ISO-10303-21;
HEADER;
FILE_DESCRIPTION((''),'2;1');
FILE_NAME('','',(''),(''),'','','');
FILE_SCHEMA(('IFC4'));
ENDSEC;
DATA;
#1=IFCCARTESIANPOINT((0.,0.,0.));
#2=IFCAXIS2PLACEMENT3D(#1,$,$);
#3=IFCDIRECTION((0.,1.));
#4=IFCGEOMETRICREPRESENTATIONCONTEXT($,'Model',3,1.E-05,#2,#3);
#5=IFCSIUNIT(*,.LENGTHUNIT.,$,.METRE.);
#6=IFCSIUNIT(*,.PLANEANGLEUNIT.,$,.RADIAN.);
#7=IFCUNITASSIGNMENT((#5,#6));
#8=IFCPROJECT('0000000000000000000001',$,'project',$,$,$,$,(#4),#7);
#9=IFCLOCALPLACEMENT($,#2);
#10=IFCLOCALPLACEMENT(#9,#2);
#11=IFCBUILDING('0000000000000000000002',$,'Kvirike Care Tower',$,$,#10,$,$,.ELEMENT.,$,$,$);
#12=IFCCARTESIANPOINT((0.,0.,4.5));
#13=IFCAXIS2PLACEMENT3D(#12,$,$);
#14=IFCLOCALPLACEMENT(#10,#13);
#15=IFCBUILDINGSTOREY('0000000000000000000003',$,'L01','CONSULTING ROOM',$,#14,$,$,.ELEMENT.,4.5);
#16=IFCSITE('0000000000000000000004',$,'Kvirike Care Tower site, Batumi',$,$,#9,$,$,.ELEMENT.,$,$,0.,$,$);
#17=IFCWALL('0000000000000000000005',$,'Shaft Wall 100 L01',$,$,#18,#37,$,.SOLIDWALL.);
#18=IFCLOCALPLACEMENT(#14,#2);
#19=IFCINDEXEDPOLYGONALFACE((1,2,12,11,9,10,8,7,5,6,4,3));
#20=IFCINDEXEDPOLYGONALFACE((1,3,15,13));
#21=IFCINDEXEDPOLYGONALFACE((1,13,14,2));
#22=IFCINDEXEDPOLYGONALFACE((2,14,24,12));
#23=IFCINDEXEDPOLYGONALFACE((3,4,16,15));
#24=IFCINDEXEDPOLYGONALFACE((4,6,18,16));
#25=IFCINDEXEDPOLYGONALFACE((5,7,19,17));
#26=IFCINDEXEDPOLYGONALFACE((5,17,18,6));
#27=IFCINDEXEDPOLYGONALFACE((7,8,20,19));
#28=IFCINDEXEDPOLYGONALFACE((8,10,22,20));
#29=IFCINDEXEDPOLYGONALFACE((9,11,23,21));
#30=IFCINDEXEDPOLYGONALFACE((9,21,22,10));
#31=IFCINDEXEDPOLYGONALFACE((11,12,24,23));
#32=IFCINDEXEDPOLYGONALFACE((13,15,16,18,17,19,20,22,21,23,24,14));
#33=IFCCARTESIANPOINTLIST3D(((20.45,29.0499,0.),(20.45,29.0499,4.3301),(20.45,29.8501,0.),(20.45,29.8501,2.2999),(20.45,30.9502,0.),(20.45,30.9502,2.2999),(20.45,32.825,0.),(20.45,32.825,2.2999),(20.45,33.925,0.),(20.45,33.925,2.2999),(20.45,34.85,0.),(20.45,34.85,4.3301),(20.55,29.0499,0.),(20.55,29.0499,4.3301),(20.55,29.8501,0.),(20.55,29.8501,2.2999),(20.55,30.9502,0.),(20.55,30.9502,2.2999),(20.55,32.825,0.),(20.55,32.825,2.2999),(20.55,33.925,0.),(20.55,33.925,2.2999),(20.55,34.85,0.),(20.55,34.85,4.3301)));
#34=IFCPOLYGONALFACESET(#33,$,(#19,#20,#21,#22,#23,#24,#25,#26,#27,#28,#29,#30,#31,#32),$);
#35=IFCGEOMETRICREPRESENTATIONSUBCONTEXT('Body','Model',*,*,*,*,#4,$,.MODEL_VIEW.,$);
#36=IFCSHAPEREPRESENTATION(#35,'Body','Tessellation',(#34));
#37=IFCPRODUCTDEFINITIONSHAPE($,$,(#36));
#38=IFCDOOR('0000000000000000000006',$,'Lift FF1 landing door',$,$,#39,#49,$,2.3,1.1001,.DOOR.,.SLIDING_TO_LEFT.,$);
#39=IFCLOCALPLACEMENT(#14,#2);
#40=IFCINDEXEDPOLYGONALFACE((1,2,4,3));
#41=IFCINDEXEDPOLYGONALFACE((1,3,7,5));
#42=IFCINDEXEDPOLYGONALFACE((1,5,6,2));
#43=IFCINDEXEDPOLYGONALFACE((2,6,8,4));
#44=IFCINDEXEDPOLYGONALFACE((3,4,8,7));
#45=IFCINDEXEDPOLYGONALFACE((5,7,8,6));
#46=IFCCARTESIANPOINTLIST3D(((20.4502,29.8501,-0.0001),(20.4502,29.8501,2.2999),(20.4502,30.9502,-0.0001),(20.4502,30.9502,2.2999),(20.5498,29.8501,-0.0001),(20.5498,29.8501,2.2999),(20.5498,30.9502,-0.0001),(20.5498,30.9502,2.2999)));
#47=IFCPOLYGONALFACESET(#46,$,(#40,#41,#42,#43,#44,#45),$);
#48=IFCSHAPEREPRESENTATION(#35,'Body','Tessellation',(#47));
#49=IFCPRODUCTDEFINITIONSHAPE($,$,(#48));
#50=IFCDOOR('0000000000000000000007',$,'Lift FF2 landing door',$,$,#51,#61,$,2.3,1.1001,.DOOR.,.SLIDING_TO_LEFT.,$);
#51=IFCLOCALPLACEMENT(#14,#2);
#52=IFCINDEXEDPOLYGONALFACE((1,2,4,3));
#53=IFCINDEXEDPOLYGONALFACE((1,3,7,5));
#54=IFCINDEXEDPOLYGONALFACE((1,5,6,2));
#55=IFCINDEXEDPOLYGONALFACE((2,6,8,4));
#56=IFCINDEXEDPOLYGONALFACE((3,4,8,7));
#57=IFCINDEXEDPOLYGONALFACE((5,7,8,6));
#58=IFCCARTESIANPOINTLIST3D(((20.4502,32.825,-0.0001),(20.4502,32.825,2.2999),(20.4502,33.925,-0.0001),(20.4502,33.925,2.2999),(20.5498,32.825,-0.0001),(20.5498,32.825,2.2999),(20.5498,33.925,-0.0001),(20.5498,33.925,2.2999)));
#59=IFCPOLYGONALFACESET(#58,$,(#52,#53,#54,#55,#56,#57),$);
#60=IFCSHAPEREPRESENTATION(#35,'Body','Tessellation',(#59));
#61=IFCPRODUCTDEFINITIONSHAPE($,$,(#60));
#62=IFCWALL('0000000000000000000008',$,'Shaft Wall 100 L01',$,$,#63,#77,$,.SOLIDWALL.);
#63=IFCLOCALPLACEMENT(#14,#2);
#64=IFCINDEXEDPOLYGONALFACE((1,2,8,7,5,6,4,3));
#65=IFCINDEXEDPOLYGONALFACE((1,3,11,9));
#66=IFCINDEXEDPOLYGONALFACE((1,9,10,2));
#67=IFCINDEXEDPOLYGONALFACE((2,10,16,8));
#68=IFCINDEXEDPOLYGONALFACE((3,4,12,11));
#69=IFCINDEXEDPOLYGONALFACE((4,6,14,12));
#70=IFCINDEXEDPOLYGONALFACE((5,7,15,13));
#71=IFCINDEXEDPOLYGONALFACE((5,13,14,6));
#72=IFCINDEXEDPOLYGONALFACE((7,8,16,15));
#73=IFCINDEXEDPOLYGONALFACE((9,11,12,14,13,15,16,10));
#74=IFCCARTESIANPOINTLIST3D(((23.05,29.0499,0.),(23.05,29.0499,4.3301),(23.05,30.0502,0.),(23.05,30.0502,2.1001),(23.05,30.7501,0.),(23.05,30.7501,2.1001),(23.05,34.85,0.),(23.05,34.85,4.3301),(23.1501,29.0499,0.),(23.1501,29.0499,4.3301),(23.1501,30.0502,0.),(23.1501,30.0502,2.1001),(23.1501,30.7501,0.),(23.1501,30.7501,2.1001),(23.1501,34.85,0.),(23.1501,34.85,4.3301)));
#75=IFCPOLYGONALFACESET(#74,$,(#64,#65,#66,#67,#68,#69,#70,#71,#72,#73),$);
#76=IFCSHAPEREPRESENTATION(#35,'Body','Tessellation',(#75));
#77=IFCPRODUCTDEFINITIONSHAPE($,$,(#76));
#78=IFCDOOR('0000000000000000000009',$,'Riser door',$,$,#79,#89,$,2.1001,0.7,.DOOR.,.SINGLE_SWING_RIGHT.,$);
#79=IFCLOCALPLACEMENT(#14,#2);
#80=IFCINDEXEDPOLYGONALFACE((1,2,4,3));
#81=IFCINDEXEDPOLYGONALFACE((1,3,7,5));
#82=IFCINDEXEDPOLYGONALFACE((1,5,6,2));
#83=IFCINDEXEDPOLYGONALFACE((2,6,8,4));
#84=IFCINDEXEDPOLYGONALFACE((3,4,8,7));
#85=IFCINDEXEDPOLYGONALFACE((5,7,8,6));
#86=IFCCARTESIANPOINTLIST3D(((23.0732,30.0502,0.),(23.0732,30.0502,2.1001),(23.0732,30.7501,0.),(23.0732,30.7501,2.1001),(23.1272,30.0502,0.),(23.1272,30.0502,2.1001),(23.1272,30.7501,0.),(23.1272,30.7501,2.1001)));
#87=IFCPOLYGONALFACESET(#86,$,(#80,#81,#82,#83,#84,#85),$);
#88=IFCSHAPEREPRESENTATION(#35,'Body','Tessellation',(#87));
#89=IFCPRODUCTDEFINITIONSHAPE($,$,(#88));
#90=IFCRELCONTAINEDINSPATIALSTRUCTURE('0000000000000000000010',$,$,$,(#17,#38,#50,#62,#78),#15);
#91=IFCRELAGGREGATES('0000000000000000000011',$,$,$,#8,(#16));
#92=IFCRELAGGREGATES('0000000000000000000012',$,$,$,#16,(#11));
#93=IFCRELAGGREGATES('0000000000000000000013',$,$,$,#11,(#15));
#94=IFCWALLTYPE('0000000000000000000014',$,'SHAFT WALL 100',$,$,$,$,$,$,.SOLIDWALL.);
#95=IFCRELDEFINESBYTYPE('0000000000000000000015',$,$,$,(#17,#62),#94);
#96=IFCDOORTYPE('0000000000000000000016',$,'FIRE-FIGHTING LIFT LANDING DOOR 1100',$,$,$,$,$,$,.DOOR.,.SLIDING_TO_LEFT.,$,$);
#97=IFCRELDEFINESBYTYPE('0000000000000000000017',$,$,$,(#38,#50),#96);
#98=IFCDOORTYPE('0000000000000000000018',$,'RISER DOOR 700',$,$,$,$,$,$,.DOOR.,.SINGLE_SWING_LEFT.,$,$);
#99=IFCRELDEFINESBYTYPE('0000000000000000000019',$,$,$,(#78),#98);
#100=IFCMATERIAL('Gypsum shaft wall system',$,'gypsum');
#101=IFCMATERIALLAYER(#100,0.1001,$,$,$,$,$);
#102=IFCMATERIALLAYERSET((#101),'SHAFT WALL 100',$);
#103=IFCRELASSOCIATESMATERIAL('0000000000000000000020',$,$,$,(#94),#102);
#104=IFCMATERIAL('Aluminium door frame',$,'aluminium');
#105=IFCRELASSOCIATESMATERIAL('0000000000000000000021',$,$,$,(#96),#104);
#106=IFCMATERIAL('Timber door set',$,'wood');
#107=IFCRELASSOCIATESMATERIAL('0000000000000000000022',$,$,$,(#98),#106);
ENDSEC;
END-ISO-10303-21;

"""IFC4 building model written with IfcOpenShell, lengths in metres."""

from ifc_helpers import new_model, si_unit, direction, frame, frame_2d, origin, place, context, subcontext, project, spatial, rectangle, extrude, material, layer, layer_set, type_object, element, fill, save


model = new_model("IFC4")

# Units and contexts
model_context = context("Model", 3, precision=1e-05, world=origin(), true_north=direction((0.0, 1.0)))
body_context = subcontext(model_context, "Body", "Model", "MODEL_VIEW")
ifc_project = project(units=[si_unit("LENGTHUNIT", "METRE"), si_unit("PLANEANGLEUNIT", "RADIAN")], contexts=[model_context])

# Site, building, storey
site_placement = place(None, origin())
site = spatial("IfcSite", under=ifc_project, at=site_placement, Name="Kvirike Care Tower site, Batumi", CompositionType="ELEMENT", RefElevation=0.0)
building_placement = place(site_placement, origin())
building = spatial("IfcBuilding", under=site, at=building_placement, Name="Kvirike Care Tower", CompositionType="ELEMENT")
storey_placement = place(building_placement, frame((0.0, 0.0, 4.5)))
storey = spatial("IfcBuildingStorey", under=building, at=storey_placement, Name="L01", Description="CONSULTING ROOM", CompositionType="ELEMENT", Elevation=4.5)

# Wall, openings, doors
ifc_material_1 = material(Name="Gypsum shaft wall system", Category="gypsum")
ifc_layer = layer(ifc_material_1, 0.1001)
ifc_layer_set = layer_set([ifc_layer], Name="SHAFT WALL 100")
wall_type = type_object("IfcWallType", Name="SHAFT WALL 100", PredefinedType="SOLIDWALL", material=ifc_layer_set)
wall_1_placement = place(storey_placement, frame((20.5, 29.05, 0.0), z_axis=(0.0, 0.0, 1.0), x_axis=(0.0, 1.0, 0.0)))
wall_1 = element("IfcWall", 1, at=wall_1_placement, inside=storey, type_object=wall_type, Name="Shaft Wall 100 L01", PredefinedType="SOLIDWALL", context=body_context, shape_type="SweptSolid", body=[
    extrude(rectangle(XDim=5.8, YDim=0.1001, at=frame_2d((2.8999, 0.0))), origin(), (0.0, 0.0, 1.0), 4.3301),
])
opening_1_placement = place(wall_1_placement, frame((0.8, 0.0, 0.0)))
opening_1 = element("IfcOpeningElement", 2, at=opening_1_placement, cuts=wall_1, PredefinedType="OPENING", context=body_context, shape_type="SweptSolid", body=[
    extrude(rectangle(XDim=1.1001, YDim=2.3, at=frame_2d((0.55, 1.1499))), frame((0.0, 0.0605, 0.0), z_axis=(0.0, -1.0, 0.0), x_axis=(1.0, 0.0, 0.0)), (0.0, 0.0, 1.0), 0.1211),
])
opening_2_placement = place(wall_1_placement, frame((3.7749, 0.0, 0.0)))
opening_2 = element("IfcOpeningElement", 3, at=opening_2_placement, cuts=wall_1, PredefinedType="OPENING", context=body_context, shape_type="SweptSolid", body=[
    extrude(rectangle(XDim=1.1001, YDim=2.3, at=frame_2d((0.55, 1.1499))), frame((0.0, 0.0605, 0.0), z_axis=(0.0, -1.0, 0.0), x_axis=(1.0, 0.0, 0.0)), (0.0, 0.0, 1.0), 0.1211),
])
ifc_material_2 = material(Name="Aluminium door frame", Category="aluminium")
door_type_1 = type_object("IfcDoorType", Name="FIRE-FIGHTING LIFT LANDING DOOR 1100", OperationType="SLIDING_TO_LEFT", PredefinedType="DOOR", material=ifc_material_2)
door_1_placement = place(opening_1_placement, origin())
door_1 = element("IfcDoor", 4, at=door_1_placement, inside=storey, type_object=door_type_1, Name="Lift FF1 landing door", OperationType="SLIDING_TO_LEFT", OverallHeight=2.3, OverallWidth=1.1001, PredefinedType="DOOR", context=body_context, shape_type="SweptSolid", body=[
    extrude(rectangle(XDim=1.1001, YDim=2.3, at=frame_2d((0.55, 1.1499))), frame((0.0, 0.0498, 0.0), z_axis=(0.0, -1.0, 0.0), x_axis=(1.0, 0.0, 0.0)), (0.0, 0.0, 1.0), 0.0996),
])
fill(opening_1, door_1)
door_2_placement = place(opening_2_placement, origin())
door_2 = element("IfcDoor", 5, at=door_2_placement, inside=storey, type_object=door_type_1, Name="Lift FF2 landing door", OperationType="SLIDING_TO_LEFT", OverallHeight=2.3, OverallWidth=1.1001, PredefinedType="DOOR", context=body_context, shape_type="SweptSolid", body=[
    extrude(rectangle(XDim=1.1001, YDim=2.3, at=frame_2d((0.55, 1.1499))), frame((0.0, 0.0498, 0.0), z_axis=(0.0, -1.0, 0.0), x_axis=(1.0, 0.0, 0.0)), (0.0, 0.0, 1.0), 0.0996),
])
fill(opening_2, door_2)

# Wall, opening, door
wall_2_placement = place(storey_placement, frame((23.1001, 29.05, 0.0), z_axis=(0.0, 0.0, 1.0), x_axis=(0.0, 1.0, 0.0)))
wall_2 = element("IfcWall", 6, at=wall_2_placement, inside=storey, type_object=wall_type, Name="Shaft Wall 100 L01", PredefinedType="SOLIDWALL", context=body_context, shape_type="SweptSolid", body=[
    extrude(rectangle(XDim=5.8, YDim=0.1001, at=frame_2d((2.8999, 0.0))), origin(), (0.0, 0.0, 1.0), 4.3301),
])
opening_3_placement = place(wall_2_placement, frame((1.0, 0.0, 0.0)))
opening_3 = element("IfcOpeningElement", 7, at=opening_3_placement, cuts=wall_2, PredefinedType="OPENING", context=body_context, shape_type="SweptSolid", body=[
    extrude(rectangle(XDim=0.7, YDim=2.1001, at=frame_2d((0.3501, 1.05))), frame((0.0, 0.0605, 0.0), z_axis=(0.0, -1.0, 0.0), x_axis=(1.0, 0.0, 0.0)), (0.0, 0.0, 1.0), 0.1211),
])
ifc_material_3 = material(Name="Timber door set", Category="wood")
door_type_2 = type_object("IfcDoorType", Name="RISER DOOR 700", OperationType="SINGLE_SWING_LEFT", PredefinedType="DOOR", material=ifc_material_3)
door_3_placement = place(opening_3_placement, origin())
door_3 = element("IfcDoor", 8, at=door_3_placement, inside=storey, type_object=door_type_2, Name="Riser door", OperationType="SINGLE_SWING_RIGHT", OverallHeight=2.1001, OverallWidth=0.7, PredefinedType="DOOR", context=body_context, shape_type="SweptSolid", body=[
    extrude(rectangle(XDim=0.7, YDim=2.1001, at=frame_2d((0.3501, 1.05))), frame((0.0, 0.0269, 0.0), z_axis=(0.0, -1.0, 0.0), x_axis=(1.0, 0.0, 0.0)), (0.0, 0.0, 1.0), 0.054),
])
fill(opening_3, door_3)

save(model, "model.ifc")
